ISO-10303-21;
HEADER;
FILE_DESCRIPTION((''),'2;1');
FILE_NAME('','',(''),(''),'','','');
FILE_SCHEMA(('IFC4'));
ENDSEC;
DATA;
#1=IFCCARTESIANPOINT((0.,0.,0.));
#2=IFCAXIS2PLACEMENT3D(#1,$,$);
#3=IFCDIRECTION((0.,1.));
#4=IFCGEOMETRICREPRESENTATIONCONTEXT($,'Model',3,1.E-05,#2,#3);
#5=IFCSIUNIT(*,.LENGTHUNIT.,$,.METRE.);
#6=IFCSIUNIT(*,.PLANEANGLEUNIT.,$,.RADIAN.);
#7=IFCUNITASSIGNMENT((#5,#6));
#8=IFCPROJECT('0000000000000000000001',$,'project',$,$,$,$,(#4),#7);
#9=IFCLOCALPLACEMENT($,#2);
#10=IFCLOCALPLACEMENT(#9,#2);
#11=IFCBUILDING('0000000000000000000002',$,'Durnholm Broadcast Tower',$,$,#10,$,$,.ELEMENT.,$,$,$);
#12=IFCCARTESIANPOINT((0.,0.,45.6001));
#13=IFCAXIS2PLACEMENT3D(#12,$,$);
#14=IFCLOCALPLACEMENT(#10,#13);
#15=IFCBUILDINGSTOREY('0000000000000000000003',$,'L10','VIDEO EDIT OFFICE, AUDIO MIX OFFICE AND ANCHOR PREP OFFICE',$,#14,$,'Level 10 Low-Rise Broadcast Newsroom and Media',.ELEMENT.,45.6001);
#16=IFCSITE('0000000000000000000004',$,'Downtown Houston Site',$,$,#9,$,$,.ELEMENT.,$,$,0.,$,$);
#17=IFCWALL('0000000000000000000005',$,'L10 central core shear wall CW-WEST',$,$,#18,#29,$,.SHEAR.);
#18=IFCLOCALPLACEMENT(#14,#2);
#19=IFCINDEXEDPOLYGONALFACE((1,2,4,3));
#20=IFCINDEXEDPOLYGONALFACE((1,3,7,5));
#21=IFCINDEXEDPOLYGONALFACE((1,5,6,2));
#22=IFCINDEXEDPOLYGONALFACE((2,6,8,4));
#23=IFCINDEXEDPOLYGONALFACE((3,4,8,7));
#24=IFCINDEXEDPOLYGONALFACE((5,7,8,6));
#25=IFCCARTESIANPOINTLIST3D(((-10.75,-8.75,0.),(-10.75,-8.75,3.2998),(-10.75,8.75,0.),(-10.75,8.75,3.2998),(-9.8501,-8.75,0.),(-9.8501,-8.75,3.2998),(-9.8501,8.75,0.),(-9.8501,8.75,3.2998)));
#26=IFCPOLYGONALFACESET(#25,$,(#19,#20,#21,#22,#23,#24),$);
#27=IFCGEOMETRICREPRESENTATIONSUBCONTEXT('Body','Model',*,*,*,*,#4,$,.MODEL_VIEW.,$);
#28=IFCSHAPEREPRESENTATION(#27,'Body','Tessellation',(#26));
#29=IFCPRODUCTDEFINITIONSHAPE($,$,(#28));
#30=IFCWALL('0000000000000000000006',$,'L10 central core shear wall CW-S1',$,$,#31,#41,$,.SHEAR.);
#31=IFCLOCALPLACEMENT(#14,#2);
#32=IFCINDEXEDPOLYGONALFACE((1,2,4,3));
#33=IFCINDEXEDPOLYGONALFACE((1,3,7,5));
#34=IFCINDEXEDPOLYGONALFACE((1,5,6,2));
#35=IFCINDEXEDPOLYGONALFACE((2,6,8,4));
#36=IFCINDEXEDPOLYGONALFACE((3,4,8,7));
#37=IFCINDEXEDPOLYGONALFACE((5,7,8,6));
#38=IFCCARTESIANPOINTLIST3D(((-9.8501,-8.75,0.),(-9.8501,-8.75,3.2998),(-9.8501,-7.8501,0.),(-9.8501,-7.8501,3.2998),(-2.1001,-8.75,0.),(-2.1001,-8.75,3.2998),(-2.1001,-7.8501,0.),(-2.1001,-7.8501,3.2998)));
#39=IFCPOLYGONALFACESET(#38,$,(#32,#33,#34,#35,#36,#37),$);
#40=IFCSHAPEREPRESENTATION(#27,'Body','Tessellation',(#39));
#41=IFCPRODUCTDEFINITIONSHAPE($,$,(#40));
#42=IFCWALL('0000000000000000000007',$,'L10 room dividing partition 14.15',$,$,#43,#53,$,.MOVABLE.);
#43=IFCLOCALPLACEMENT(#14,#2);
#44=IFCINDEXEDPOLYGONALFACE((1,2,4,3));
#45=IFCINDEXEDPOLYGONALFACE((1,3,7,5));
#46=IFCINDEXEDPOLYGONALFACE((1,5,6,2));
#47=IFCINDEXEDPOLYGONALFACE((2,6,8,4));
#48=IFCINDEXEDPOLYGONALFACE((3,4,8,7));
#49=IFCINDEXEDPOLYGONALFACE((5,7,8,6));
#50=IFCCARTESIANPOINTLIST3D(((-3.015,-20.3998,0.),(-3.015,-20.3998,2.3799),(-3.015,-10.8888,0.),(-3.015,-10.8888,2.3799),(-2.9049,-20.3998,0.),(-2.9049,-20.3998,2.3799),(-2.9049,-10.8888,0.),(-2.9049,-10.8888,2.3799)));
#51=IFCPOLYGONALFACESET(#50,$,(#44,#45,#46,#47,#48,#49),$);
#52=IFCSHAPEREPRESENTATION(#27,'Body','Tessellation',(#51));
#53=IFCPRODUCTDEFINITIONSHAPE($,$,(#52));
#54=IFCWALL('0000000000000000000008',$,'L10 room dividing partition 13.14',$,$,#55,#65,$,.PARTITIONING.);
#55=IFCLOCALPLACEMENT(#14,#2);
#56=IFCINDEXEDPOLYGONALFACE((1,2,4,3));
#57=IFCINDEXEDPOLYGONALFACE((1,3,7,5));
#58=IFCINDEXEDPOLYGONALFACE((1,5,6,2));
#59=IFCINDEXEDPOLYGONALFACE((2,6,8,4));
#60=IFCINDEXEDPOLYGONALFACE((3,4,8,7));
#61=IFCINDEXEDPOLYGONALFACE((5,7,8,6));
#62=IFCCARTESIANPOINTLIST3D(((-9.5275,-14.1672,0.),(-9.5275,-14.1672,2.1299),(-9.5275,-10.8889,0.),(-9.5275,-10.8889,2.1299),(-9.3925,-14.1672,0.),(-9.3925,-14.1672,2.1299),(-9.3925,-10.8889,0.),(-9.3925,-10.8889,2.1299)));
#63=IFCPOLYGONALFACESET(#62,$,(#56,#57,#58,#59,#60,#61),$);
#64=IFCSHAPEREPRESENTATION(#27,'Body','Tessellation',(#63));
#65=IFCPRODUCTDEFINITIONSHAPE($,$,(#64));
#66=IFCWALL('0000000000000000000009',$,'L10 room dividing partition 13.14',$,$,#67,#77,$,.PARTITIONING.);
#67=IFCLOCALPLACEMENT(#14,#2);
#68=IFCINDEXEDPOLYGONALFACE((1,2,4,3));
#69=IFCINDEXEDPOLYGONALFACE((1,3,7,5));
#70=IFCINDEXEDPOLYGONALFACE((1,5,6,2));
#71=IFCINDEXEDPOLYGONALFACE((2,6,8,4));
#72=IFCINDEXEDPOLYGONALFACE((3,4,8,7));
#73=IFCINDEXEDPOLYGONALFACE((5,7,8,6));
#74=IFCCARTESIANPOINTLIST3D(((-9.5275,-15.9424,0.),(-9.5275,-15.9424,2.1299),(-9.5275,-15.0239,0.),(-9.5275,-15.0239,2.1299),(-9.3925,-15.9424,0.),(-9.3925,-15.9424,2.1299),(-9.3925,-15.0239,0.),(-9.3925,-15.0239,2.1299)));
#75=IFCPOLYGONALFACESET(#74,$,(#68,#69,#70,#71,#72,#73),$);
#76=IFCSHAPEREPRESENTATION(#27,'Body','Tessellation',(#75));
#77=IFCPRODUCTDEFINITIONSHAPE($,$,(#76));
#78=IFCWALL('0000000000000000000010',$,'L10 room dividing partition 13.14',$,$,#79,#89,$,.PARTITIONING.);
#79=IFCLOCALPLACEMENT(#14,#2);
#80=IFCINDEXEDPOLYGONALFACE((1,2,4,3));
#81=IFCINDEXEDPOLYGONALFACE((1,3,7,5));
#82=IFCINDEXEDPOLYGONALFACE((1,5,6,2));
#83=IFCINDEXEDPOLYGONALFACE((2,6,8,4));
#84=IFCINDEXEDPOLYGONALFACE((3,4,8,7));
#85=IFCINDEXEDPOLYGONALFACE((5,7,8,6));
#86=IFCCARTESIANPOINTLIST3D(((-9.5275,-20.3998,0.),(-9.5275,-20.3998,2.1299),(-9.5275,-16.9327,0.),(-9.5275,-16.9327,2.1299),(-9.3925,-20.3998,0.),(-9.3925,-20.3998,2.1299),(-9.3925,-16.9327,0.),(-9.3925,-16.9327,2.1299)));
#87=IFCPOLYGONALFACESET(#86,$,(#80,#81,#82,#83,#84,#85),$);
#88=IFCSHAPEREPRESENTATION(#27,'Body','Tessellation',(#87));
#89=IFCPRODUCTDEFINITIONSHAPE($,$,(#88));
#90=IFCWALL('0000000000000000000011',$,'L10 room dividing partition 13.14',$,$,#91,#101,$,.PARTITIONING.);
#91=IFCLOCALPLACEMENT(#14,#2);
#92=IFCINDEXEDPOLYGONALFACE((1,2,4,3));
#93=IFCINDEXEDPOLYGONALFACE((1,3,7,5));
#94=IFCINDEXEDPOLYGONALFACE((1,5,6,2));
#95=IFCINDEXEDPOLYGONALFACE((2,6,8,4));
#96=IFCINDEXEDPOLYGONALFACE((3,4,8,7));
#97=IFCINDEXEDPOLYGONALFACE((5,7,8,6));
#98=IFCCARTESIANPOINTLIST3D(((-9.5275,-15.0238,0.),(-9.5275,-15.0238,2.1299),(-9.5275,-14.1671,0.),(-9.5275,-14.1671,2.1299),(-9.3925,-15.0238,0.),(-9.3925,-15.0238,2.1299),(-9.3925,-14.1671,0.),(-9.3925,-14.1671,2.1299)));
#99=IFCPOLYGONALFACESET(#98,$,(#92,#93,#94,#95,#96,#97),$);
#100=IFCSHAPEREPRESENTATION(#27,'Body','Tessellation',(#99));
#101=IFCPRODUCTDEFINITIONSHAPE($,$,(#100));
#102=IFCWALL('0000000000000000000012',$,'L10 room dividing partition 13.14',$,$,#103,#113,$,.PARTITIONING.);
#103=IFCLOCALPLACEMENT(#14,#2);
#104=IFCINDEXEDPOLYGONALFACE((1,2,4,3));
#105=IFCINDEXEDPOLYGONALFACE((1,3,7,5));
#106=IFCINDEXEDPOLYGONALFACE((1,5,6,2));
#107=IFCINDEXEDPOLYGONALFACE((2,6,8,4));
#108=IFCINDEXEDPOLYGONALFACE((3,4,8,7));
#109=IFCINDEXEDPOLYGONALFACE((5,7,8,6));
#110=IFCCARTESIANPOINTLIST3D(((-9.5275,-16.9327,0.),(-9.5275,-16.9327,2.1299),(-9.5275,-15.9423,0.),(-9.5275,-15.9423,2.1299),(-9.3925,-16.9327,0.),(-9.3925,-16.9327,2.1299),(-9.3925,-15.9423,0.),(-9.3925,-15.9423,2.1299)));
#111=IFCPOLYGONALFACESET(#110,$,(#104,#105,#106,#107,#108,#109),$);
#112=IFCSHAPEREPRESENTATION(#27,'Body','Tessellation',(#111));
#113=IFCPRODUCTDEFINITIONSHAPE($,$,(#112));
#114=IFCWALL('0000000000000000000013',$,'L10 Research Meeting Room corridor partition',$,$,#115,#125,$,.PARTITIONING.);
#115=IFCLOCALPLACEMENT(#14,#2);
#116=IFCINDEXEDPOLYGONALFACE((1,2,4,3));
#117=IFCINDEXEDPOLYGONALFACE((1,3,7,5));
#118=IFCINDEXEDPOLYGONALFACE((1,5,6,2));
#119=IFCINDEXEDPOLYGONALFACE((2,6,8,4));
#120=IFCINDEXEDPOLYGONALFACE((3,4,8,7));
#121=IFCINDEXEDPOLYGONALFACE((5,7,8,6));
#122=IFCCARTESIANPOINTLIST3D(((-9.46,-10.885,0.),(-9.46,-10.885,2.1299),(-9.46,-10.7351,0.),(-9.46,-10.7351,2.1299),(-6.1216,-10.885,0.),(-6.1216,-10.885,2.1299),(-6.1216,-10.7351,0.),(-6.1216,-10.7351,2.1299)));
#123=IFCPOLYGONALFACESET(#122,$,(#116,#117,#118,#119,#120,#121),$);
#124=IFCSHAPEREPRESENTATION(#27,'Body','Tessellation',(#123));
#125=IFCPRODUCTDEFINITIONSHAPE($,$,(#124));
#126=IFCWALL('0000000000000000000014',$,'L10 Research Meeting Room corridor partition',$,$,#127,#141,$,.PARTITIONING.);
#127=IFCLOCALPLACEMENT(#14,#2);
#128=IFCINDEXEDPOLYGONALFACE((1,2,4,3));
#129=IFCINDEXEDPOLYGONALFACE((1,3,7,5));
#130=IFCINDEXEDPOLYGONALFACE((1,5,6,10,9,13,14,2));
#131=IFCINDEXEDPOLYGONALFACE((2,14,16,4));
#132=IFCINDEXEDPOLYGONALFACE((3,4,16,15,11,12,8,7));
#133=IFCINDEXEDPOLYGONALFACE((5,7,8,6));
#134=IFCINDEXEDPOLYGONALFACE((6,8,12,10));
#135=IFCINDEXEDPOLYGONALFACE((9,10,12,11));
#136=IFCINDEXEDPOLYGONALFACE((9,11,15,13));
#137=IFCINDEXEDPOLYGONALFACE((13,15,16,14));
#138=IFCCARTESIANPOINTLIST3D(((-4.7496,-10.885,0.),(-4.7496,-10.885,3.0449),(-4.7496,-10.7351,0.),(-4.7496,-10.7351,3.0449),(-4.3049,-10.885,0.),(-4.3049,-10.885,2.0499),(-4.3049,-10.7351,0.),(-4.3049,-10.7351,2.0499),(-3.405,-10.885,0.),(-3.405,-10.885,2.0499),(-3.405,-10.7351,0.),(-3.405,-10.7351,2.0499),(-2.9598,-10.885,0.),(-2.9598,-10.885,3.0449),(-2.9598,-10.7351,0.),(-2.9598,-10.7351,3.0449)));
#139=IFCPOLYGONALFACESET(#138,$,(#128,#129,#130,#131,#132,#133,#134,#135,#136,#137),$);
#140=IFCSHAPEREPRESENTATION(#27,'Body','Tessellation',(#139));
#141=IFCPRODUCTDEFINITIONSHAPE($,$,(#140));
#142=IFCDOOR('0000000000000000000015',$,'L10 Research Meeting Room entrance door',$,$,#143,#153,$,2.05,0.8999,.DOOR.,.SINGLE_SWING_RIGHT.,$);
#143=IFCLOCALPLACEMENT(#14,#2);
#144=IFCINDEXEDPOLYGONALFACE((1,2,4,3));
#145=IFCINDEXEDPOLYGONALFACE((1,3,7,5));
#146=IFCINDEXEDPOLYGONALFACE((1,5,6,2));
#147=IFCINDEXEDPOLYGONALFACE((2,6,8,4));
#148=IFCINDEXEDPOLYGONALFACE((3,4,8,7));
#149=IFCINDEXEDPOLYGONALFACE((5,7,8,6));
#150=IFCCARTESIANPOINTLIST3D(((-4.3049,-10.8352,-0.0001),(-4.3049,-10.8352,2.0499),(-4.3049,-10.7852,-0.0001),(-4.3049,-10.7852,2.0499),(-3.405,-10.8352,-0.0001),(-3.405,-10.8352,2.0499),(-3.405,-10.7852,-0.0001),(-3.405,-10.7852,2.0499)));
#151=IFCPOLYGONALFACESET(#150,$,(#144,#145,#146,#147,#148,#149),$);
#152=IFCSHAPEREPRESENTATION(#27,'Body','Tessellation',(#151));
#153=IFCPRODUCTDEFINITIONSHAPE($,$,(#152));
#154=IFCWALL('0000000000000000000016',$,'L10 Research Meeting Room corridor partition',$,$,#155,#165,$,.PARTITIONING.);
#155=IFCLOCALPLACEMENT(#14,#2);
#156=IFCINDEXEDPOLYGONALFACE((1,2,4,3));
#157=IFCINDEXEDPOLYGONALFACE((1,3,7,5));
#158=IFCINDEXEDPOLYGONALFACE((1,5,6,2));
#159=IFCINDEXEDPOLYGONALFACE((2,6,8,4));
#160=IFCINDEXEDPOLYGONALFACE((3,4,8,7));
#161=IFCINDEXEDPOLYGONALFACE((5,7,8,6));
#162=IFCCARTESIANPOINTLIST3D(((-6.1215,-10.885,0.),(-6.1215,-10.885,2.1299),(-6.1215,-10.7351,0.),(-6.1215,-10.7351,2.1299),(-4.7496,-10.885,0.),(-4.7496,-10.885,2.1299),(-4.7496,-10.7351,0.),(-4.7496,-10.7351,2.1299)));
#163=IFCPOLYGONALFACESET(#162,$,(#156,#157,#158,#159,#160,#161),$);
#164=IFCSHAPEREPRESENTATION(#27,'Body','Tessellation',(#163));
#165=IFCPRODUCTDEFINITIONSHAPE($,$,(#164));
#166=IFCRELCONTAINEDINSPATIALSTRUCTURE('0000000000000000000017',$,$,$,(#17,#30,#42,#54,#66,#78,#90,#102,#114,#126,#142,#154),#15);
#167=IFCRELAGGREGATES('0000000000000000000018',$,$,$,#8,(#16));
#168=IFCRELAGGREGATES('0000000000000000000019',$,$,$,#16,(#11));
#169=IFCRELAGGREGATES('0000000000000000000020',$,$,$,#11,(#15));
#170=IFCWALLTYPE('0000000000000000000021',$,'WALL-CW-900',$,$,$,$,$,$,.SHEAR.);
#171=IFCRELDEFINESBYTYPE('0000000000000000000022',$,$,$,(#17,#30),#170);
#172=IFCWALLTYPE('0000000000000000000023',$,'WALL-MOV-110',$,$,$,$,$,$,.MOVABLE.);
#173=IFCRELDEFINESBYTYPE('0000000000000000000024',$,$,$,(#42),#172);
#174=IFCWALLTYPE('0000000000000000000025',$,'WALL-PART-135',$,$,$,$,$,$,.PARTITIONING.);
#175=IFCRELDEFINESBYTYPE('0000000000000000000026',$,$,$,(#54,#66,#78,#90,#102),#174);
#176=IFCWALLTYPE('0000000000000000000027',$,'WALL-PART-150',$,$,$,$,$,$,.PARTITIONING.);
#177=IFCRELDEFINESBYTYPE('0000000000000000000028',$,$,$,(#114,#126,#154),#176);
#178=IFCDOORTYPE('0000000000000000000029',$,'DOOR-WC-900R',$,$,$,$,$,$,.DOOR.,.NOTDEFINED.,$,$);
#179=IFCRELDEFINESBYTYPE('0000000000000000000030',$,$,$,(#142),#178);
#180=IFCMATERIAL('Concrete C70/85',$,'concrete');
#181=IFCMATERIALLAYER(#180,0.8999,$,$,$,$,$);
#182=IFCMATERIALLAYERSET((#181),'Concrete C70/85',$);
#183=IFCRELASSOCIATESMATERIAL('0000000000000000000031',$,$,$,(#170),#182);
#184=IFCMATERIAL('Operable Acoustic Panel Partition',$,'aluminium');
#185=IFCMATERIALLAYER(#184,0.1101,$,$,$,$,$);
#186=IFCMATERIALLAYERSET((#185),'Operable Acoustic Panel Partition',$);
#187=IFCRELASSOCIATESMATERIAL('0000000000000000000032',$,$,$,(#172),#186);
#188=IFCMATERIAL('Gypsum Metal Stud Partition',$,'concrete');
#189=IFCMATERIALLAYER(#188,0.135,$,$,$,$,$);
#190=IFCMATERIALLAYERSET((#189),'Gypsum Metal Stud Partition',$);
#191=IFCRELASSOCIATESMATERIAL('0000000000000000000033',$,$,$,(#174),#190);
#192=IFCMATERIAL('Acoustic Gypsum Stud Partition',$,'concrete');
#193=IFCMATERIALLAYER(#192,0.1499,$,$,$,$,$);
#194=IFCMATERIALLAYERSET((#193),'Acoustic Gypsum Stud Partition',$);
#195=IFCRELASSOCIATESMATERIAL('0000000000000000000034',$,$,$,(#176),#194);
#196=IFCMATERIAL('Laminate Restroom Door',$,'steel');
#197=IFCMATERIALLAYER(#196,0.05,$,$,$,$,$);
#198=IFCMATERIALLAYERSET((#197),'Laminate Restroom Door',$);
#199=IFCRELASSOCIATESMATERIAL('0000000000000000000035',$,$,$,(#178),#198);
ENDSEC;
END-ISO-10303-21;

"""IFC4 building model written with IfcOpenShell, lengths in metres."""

from ifc_helpers import new_model, si_unit, direction, frame, frame_2d, origin, place, context, subcontext, project, spatial, rectangle, extrude, source, transform, mapped, material, layer, layer_set, type_object, type_shapes, element, fill, save


model = new_model("IFC4")

# Units and contexts
model_context = context("Model", 3, precision=1e-05, world=origin(), true_north=direction((0.0, 1.0)))
body_context = subcontext(model_context, "Body", "Model", "MODEL_VIEW")
ifc_project = project(units=[si_unit("LENGTHUNIT", "METRE"), si_unit("PLANEANGLEUNIT", "RADIAN")], contexts=[model_context])

# Site, building, storey
site_placement = place(None, origin())
site = spatial("IfcSite", under=ifc_project, at=site_placement, Name="Downtown Houston Site", CompositionType="ELEMENT", RefElevation=0.0)
building_placement = place(site_placement, origin())
building = spatial("IfcBuilding", under=site, at=building_placement, Name="Durnholm Broadcast Tower", CompositionType="ELEMENT")
storey_placement = place(building_placement, frame((0.0, 0.0, 45.6001)))
storey = spatial("IfcBuildingStorey", under=building, at=storey_placement, Name="L10", Description="VIDEO EDIT OFFICE, AUDIO MIX OFFICE AND ANCHOR PREP OFFICE", LongName="Level 10 Low-Rise Broadcast Newsroom and Media", CompositionType="ELEMENT", Elevation=45.6001)

# Walls
ifc_material_1 = material(Name="Concrete C70/85", Category="concrete")
ifc_layer_1 = layer(ifc_material_1, 0.8999)
ifc_layer_set_1 = layer_set([ifc_layer_1], Name="Concrete C70/85")
wall_type_1 = type_object("IfcWallType", Name="WALL-CW-900", PredefinedType="SHEAR", material=ifc_layer_set_1)
wall_1_placement = place(storey_placement, frame((-10.3, -8.75, 0.0), z_axis=(0.0, 0.0, 1.0), x_axis=(0.0, 1.0, 0.0)))
element("IfcWall", 1, at=wall_1_placement, inside=storey, type_object=wall_type_1, Name="L10 central core shear wall CW-WEST", PredefinedType="SHEAR", context=body_context, shape_type="SweptSolid", body=[
    extrude(rectangle(XDim=17.5, YDim=0.8999, at=frame_2d((8.75, 0.0))), origin(), (0.0, 0.0, 1.0), 3.2998),
])
wall_2_placement = place(storey_placement, frame((-9.8501, -8.3, 0.0), z_axis=(0.0, 0.0, 1.0), x_axis=(1.0, 0.0, 0.0)))
element("IfcWall", 2, at=wall_2_placement, inside=storey, type_object=wall_type_1, Name="L10 central core shear wall CW-S1", PredefinedType="SHEAR", context=body_context, shape_type="SweptSolid", body=[
    extrude(rectangle(XDim=7.75, YDim=0.8999, at=frame_2d((3.875, 0.0))), origin(), (0.0, 0.0, 1.0), 3.2998),
])
ifc_material_2 = material(Name="Operable Acoustic Panel Partition", Category="aluminium")
ifc_layer_2 = layer(ifc_material_2, 0.1101)
ifc_layer_set_2 = layer_set([ifc_layer_2], Name="Operable Acoustic Panel Partition")
wall_type_2 = type_object("IfcWallType", Name="WALL-MOV-110", PredefinedType="MOVABLE", material=ifc_layer_set_2)
wall_3_placement = place(storey_placement, frame((-2.96, -10.8889, 0.0), z_axis=(0.0, 0.0, 1.0), x_axis=(0.0, -1.0, 0.0)))
element("IfcWall", 3, at=wall_3_placement, inside=storey, type_object=wall_type_2, Name="L10 room dividing partition 14.15", PredefinedType="MOVABLE", context=body_context, shape_type="SweptSolid", body=[
    extrude(rectangle(XDim=9.511, YDim=0.1101, at=frame_2d((4.7554, 0.0))), origin(), (0.0, 0.0, 1.0), 2.3799),
])
ifc_material_3 = material(Name="Gypsum Metal Stud Partition", Category="concrete")
ifc_layer_3 = layer(ifc_material_3, 0.135)
ifc_layer_set_3 = layer_set([ifc_layer_3], Name="Gypsum Metal Stud Partition")
wall_type_3 = type_object("IfcWallType", Name="WALL-PART-135", PredefinedType="PARTITIONING", material=ifc_layer_set_3)
wall_4_placement = place(storey_placement, frame((-9.46, -10.8889, 0.0), z_axis=(0.0, 0.0, 1.0), x_axis=(0.0, -1.0, 0.0)))
element("IfcWall", 4, at=wall_4_placement, inside=storey, type_object=wall_type_3, Name="L10 room dividing partition 13.14", PredefinedType="PARTITIONING", context=body_context, shape_type="SweptSolid", body=[
    extrude(rectangle(XDim=3.2783, YDim=0.135, at=frame_2d((1.6392, 0.0))), origin(), (0.0, 0.0, 1.0), 2.1299),
])
wall_5_placement = place(storey_placement, frame((-9.46, -15.0239, 0.0), z_axis=(0.0, 0.0, 1.0), x_axis=(0.0, -1.0, 0.0)))
element("IfcWall", 5, at=wall_5_placement, inside=storey, type_object=wall_type_3, Name="L10 room dividing partition 13.14", PredefinedType="PARTITIONING", context=body_context, shape_type="SweptSolid", body=[
    extrude(rectangle(XDim=0.9185, YDim=0.135, at=frame_2d((0.4592, 0.0))), origin(), (0.0, 0.0, 1.0), 2.1299),
])
wall_6_placement = place(storey_placement, frame((-9.46, -16.9329, 0.0), z_axis=(0.0, 0.0, 1.0), x_axis=(0.0, -1.0, 0.0)))
element("IfcWall", 6, at=wall_6_placement, inside=storey, type_object=wall_type_3, Name="L10 room dividing partition 13.14", PredefinedType="PARTITIONING", context=body_context, shape_type="SweptSolid", body=[
    extrude(rectangle(XDim=3.467, YDim=0.135, at=frame_2d((1.7334, 0.0))), origin(), (0.0, 0.0, 1.0), 2.1299),
])
wall_7_placement = place(storey_placement, frame((-9.46, -14.1672, 0.0), z_axis=(0.0, 0.0, 1.0), x_axis=(0.0, -1.0, 0.0)))
element("IfcWall", 7, at=wall_7_placement, inside=storey, type_object=wall_type_3, Name="L10 room dividing partition 13.14", PredefinedType="PARTITIONING", context=body_context, shape_type="SweptSolid", body=[
    extrude(rectangle(XDim=0.8567, YDim=0.135, at=frame_2d((0.4282, 0.0))), origin(), (0.0, 0.0, 1.0), 2.1299),
])
wall_8_placement = place(storey_placement, frame((-9.46, -15.9424, 0.0), z_axis=(0.0, 0.0, 1.0), x_axis=(0.0, -1.0, 0.0)))
element("IfcWall", 8, at=wall_8_placement, inside=storey, type_object=wall_type_3, Name="L10 room dividing partition 13.14", PredefinedType="PARTITIONING", context=body_context, shape_type="SweptSolid", body=[
    extrude(rectangle(XDim=0.9905, YDim=0.135, at=frame_2d((0.4951, 0.0))), origin(), (0.0, 0.0, 1.0), 2.1299),
])
ifc_material_4 = material(Name="Acoustic Gypsum Stud Partition", Category="concrete")
ifc_layer_4 = layer(ifc_material_4, 0.1499)
ifc_layer_set_4 = layer_set([ifc_layer_4], Name="Acoustic Gypsum Stud Partition")
wall_type_4 = type_object("IfcWallType", Name="WALL-PART-150", PredefinedType="PARTITIONING", material=ifc_layer_set_4)
wall_9_placement = place(storey_placement, frame((-9.46, -10.8101, 0.0), z_axis=(0.0, 0.0, 1.0), x_axis=(1.0, 0.0, 0.0)))
element("IfcWall", 9, at=wall_9_placement, inside=storey, type_object=wall_type_4, Name="L10 Research Meeting Room corridor partition", PredefinedType="PARTITIONING", context=body_context, shape_type="SweptSolid", body=[
    extrude(rectangle(XDim=3.3384, YDim=0.1499, at=frame_2d((1.6692, 0.0))), origin(), (0.0, 0.0, 1.0), 2.1299),
])

# Wall, opening, door
wall_10_placement = place(storey_placement, frame((-4.7498, -10.8101, 0.0), z_axis=(0.0, 0.0, 1.0), x_axis=(1.0, 0.0, 0.0)))
wall_10 = element("IfcWall", 10, at=wall_10_placement, inside=storey, type_object=wall_type_4, Name="L10 Research Meeting Room corridor partition", PredefinedType="PARTITIONING", context=body_context, shape_type="SweptSolid", body=[
    extrude(rectangle(XDim=1.7898, YDim=0.1499, at=frame_2d((0.895, 0.0))), origin(), (0.0, 0.0, 1.0), 3.0449),
])
opening_1_placement = place(wall_10_placement, frame((0.4448, 0.0, 0.0)))
opening_1 = element("IfcOpeningElement", 11, at=opening_1_placement, cuts=wall_10, PredefinedType="OPENING", context=body_context, shape_type="SweptSolid", body=[
    extrude(rectangle(XDim=0.8999, YDim=2.05, at=frame_2d((0.45, 1.0249))), frame((0.0, 0.085, 0.0), z_axis=(0.0, -1.0, 0.0), x_axis=(1.0, 0.0, 0.0)), (0.0, 0.0, 1.0), 0.1699),
])
ifc_material_5 = material(Name="Laminate Restroom Door", Category="steel")
ifc_layer_5 = layer(ifc_material_5, 0.05)
ifc_layer_set_5 = layer_set([ifc_layer_5], Name="Laminate Restroom Door")
door_type_1 = type_object("IfcDoorType", Name="DOOR-WC-900R", OperationType="NOTDEFINED", PredefinedType="DOOR", material=ifc_layer_set_5)
shared_shape_1 = source(origin(), body_context, "Body", "SweptSolid", [
    extrude(rectangle(XDim=0.8999, YDim=2.05, at=frame_2d((0.45, 1.0249))), frame((0.0, 0.0249, 0.0), z_axis=(0.0, -1.0, 0.0), x_axis=(1.0, 0.0, 0.0)), (0.0, 0.0, 1.0), 0.05),
])
type_shapes(door_type_1, [shared_shape_1])
door_1_placement = place(opening_1_placement, origin())
door_1 = element("IfcDoor", 12, at=door_1_placement, inside=storey, type_object=door_type_1, Name="L10 Research Meeting Room entrance door", OperationType="SINGLE_SWING_RIGHT", OverallHeight=2.05, OverallWidth=0.8999, PredefinedType="DOOR", context=body_context, shape_type="MappedRepresentation", body=[
    mapped(shared_shape_1, transform((0.0, 0.0, 0.0), x_axis=(1.0, 0.0, 0.0), y_axis=(0.0, 1.0, 0.0), z_axis=(0.0, 0.0, 1.0), scale=1.0)),
])
fill(opening_1, door_1)

# Wall
wall_11_placement = place(storey_placement, frame((-6.1216, -10.8101, 0.0), z_axis=(0.0, 0.0, 1.0), x_axis=(1.0, 0.0, 0.0)))
element("IfcWall", 13, at=wall_11_placement, inside=storey, type_object=wall_type_4, Name="L10 Research Meeting Room corridor partition", PredefinedType="PARTITIONING", context=body_context, shape_type="SweptSolid", body=[
    extrude(rectangle(XDim=1.3718, YDim=0.1499, at=frame_2d((0.686, 0.0))), origin(), (0.0, 0.0, 1.0), 2.1299),
])

save(model, "model.ifc")
